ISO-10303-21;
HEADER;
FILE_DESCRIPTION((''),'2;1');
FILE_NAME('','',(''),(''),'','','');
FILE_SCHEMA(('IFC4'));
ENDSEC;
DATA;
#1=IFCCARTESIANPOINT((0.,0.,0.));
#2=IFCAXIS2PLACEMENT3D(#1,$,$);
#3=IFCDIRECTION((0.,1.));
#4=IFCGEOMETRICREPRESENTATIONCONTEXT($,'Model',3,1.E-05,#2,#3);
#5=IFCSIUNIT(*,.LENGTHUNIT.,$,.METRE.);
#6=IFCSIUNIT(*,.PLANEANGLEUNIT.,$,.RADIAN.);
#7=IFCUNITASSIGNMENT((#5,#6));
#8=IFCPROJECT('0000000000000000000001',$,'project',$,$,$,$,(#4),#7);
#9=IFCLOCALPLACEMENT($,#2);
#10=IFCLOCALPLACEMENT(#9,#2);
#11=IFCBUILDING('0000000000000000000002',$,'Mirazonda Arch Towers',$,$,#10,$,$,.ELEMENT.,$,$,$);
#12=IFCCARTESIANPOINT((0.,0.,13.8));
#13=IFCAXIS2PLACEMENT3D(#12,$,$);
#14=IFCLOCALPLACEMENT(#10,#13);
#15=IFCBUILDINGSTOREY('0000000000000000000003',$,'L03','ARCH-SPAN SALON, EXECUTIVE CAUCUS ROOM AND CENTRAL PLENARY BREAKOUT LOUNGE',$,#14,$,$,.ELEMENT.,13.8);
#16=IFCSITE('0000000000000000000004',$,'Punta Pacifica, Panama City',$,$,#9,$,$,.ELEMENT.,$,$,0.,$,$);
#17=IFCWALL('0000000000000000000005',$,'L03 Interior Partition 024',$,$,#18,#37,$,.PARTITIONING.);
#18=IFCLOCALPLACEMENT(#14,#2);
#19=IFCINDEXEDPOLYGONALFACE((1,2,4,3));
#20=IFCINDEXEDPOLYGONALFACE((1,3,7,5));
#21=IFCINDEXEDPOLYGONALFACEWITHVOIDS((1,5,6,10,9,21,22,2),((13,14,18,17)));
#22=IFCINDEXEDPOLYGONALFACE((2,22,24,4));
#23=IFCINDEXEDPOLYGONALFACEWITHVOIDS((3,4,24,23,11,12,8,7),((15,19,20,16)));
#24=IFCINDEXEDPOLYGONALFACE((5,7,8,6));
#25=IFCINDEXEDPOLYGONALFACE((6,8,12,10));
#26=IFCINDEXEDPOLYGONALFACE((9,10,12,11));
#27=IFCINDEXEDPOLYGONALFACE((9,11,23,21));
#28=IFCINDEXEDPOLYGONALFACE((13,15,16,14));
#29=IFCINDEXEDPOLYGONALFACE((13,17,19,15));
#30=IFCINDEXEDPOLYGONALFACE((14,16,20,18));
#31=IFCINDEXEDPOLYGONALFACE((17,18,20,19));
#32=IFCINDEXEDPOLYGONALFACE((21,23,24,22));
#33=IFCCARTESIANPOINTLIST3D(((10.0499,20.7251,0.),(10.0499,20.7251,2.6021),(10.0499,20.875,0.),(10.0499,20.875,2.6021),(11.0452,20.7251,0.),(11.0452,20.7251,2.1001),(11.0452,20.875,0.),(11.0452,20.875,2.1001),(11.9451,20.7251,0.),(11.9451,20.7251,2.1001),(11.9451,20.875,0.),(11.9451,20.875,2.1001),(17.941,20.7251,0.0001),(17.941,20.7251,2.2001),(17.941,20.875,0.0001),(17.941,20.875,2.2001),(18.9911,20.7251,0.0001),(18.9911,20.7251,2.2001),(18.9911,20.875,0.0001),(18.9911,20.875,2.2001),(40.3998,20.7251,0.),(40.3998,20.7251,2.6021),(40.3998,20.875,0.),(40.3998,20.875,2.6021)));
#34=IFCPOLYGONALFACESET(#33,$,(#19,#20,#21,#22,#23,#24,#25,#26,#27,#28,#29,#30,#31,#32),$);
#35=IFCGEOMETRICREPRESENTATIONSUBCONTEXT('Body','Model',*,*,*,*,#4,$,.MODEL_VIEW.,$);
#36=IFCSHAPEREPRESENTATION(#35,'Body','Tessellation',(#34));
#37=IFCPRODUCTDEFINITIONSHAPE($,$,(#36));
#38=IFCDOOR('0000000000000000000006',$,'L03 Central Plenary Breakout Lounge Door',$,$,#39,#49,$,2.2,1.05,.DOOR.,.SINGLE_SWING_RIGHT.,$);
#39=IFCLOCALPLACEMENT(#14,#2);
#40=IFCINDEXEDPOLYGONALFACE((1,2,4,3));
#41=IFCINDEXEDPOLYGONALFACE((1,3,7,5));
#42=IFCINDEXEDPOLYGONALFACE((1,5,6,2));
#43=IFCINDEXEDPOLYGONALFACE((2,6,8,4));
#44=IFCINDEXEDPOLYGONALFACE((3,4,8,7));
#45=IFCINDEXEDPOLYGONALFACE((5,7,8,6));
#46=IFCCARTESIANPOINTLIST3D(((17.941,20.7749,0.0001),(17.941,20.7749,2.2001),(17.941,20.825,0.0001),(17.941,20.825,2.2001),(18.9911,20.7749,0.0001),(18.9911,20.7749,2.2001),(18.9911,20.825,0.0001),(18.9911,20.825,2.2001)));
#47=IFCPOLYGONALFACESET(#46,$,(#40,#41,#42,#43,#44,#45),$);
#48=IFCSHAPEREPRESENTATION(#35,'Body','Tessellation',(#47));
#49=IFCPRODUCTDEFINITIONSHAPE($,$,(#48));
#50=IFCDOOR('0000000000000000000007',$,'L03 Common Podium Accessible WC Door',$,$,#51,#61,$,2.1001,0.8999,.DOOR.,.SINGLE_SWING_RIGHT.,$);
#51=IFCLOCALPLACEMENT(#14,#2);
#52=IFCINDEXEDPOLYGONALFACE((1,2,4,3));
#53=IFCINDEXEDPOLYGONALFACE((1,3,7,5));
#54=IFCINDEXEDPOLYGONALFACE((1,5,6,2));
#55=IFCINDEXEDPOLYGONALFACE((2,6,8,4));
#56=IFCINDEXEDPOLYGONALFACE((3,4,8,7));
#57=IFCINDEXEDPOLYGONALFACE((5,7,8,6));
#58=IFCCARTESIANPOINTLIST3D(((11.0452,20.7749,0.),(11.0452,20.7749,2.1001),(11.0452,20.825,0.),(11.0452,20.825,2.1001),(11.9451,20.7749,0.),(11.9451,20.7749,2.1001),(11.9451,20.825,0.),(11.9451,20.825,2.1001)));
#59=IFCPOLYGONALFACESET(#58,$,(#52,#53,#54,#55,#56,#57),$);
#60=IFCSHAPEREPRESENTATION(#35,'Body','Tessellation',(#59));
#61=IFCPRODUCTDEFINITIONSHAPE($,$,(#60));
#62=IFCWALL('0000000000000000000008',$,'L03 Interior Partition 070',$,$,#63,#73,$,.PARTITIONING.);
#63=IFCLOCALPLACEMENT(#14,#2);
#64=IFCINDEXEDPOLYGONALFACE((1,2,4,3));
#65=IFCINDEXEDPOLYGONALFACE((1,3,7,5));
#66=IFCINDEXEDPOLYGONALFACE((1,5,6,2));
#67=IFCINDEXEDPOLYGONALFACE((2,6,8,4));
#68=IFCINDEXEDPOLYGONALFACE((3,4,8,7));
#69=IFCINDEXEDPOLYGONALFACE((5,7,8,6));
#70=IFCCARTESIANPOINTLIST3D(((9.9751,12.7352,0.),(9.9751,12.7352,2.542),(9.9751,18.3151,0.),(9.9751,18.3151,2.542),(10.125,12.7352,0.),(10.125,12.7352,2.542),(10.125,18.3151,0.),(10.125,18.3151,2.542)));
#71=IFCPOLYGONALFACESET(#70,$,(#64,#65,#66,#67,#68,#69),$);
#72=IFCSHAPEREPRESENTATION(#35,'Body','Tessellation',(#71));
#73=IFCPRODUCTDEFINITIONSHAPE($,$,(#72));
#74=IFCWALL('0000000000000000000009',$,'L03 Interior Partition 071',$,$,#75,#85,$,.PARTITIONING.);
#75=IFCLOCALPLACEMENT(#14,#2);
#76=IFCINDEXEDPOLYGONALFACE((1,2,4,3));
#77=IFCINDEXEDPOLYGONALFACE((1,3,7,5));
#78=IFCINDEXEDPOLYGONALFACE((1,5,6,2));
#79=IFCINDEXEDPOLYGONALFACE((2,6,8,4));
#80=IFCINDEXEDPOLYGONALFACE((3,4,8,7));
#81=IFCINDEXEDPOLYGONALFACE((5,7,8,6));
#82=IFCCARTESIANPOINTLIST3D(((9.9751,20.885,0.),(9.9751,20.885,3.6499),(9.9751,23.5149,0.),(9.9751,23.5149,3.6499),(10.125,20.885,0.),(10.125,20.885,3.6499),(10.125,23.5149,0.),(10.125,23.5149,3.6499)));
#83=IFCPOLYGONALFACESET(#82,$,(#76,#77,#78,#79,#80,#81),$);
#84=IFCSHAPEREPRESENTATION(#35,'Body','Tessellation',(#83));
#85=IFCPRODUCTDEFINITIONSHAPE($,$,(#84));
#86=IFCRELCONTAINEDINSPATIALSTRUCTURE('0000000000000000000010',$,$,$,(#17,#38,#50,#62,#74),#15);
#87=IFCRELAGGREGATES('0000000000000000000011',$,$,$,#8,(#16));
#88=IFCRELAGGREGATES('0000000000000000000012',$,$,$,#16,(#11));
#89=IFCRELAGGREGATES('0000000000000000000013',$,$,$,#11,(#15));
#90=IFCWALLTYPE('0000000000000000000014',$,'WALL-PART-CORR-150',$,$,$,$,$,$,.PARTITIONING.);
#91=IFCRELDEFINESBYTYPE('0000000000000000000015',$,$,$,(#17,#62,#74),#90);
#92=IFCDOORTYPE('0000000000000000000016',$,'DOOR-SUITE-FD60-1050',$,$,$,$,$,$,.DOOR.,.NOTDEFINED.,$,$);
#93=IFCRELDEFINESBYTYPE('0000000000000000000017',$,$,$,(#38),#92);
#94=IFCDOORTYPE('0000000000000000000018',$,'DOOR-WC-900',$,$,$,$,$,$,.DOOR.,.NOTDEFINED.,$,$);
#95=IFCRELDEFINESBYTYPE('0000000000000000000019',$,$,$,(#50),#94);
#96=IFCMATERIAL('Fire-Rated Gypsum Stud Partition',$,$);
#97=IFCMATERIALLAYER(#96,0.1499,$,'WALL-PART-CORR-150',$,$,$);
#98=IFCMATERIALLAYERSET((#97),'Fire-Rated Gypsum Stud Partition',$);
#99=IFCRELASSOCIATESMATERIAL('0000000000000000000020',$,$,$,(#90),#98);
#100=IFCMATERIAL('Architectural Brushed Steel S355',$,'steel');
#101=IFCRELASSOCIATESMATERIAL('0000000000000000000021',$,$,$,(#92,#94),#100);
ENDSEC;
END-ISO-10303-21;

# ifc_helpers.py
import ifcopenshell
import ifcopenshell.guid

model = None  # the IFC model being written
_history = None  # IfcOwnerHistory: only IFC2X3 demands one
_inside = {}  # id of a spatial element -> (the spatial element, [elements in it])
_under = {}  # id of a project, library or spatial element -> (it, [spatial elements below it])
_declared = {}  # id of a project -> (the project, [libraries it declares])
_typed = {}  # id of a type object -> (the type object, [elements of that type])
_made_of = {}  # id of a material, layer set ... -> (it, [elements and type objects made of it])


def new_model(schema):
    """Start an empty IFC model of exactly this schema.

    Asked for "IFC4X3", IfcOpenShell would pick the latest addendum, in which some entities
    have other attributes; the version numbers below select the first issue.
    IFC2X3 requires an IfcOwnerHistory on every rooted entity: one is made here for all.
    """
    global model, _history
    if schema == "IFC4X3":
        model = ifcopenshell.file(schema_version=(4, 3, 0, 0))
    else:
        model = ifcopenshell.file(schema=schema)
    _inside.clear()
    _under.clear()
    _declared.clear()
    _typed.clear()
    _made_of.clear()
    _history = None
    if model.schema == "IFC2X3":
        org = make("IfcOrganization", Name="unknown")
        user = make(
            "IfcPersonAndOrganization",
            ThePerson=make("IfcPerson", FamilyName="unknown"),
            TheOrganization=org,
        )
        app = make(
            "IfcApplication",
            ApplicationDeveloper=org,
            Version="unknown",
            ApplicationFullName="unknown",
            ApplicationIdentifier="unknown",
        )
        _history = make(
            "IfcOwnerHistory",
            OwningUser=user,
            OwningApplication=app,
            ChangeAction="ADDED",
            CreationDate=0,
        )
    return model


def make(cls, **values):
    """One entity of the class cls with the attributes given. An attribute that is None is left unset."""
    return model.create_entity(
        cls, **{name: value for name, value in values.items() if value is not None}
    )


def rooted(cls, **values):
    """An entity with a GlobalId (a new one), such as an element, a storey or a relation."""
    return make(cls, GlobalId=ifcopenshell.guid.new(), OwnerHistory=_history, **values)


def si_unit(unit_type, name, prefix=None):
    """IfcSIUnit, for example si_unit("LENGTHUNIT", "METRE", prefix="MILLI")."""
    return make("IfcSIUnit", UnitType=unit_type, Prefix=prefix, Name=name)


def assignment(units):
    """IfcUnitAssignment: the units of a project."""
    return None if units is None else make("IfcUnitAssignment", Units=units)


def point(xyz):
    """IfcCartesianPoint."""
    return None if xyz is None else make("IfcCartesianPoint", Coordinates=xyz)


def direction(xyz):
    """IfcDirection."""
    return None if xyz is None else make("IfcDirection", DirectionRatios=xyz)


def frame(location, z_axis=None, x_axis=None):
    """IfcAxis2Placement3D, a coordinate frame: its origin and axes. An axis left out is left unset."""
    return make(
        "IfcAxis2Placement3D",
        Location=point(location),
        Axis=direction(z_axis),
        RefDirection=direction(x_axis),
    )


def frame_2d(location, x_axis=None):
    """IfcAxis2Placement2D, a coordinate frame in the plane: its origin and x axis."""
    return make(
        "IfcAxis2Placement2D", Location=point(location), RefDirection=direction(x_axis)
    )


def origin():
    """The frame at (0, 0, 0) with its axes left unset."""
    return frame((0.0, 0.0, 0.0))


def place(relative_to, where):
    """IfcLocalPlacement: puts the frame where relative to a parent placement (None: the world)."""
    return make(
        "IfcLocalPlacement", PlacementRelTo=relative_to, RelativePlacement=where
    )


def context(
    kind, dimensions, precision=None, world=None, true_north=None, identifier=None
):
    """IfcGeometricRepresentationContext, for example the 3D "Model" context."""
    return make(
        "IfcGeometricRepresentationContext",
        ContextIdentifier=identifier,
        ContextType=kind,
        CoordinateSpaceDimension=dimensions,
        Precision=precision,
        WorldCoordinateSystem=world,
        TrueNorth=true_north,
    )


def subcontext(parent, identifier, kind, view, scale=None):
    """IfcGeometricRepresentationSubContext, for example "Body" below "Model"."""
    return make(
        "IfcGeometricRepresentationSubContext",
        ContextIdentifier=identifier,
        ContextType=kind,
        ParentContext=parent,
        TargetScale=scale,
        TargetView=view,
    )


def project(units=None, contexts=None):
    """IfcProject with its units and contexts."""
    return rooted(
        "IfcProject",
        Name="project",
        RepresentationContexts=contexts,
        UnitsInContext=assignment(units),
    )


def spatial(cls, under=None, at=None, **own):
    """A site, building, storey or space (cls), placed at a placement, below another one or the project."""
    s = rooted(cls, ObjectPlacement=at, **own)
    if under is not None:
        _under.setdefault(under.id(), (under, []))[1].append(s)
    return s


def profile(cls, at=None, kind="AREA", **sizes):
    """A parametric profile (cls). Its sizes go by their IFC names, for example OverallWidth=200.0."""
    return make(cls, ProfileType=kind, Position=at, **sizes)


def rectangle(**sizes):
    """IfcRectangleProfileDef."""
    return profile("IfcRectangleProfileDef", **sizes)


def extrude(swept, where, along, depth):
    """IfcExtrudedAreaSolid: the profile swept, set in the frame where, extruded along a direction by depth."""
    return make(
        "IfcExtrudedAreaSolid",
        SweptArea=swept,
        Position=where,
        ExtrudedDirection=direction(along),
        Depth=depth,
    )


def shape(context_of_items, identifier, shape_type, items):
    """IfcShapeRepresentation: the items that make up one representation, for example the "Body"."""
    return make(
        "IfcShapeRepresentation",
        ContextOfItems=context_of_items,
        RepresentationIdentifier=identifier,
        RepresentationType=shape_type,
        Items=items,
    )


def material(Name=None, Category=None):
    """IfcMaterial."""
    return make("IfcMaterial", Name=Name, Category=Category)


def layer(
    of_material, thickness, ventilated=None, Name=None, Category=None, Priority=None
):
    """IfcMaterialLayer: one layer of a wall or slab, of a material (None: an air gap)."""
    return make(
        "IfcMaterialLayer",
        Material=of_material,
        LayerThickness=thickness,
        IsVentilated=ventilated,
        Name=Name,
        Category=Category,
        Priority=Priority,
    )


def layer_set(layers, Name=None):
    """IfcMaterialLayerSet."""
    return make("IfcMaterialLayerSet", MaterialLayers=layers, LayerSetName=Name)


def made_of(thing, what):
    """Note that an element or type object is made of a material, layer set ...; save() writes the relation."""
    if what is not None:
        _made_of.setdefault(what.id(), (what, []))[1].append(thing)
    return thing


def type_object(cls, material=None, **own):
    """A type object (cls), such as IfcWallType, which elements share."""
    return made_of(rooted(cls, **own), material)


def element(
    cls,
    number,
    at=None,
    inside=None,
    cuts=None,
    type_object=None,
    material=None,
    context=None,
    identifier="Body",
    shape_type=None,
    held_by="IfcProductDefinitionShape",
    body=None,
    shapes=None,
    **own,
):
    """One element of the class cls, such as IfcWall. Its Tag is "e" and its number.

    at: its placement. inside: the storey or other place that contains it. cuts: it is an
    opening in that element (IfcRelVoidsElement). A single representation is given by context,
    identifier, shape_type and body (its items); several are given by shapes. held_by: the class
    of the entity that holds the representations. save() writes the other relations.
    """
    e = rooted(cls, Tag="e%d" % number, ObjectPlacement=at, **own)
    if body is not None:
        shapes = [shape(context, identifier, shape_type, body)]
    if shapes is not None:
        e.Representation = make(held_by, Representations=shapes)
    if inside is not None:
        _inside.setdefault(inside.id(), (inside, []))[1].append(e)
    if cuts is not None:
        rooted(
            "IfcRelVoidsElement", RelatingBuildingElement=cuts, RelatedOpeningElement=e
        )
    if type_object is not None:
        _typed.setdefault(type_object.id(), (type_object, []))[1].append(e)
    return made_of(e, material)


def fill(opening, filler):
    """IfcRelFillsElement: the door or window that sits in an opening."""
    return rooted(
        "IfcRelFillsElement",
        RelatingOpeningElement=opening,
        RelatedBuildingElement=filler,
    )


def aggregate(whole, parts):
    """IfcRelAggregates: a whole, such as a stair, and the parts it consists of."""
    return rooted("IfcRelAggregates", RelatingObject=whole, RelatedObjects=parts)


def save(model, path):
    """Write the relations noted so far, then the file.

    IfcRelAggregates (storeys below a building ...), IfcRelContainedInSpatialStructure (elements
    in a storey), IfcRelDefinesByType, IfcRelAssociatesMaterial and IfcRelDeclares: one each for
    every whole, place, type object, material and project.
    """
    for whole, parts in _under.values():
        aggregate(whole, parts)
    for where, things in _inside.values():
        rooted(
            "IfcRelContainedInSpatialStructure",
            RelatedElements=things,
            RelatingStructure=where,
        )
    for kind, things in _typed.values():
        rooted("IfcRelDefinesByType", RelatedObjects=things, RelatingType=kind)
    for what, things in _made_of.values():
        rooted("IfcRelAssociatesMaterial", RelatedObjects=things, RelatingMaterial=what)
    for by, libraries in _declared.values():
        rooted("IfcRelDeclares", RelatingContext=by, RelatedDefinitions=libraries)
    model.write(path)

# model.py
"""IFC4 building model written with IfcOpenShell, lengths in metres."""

from ifc_helpers import new_model, si_unit, direction, frame, frame_2d, origin, place, context, subcontext, project, spatial, rectangle, extrude, material, layer, layer_set, type_object, element, fill, save


model = new_model("IFC4")

# Units and contexts
model_context = context("Model", 3, precision=1e-05, world=origin(), true_north=direction((0.0, 1.0)))
body_context = subcontext(model_context, "Body", "Model", "MODEL_VIEW")
ifc_project = project(units=[si_unit("LENGTHUNIT", "METRE"), si_unit("PLANEANGLEUNIT", "RADIAN")], contexts=[model_context])

# Site, building, storey
site_placement = place(None, origin())
site = spatial("IfcSite", under=ifc_project, at=site_placement, Name="Punta Pacifica, Panama City", CompositionType="ELEMENT", RefElevation=0.0)
building_placement = place(site_placement, origin())
building = spatial("IfcBuilding", under=site, at=building_placement, Name="Mirazonda Arch Towers", CompositionType="ELEMENT")
storey_placement = place(building_placement, frame((0.0, 0.0, 13.8)))
storey = spatial("IfcBuildingStorey", under=building, at=storey_placement, Name="L03", Description="ARCH-SPAN SALON, EXECUTIVE CAUCUS ROOM AND CENTRAL PLENARY BREAKOUT LOUNGE", CompositionType="ELEMENT", Elevation=13.8)

# Shared definitions
ifc_material_1 = material(Name="Architectural Brushed Steel S355", Category="steel")

# Shared definitions
ifc_material_2 = material(Name="Fire-Rated Gypsum Stud Partition")
ifc_layer_1 = layer(ifc_material_2, 0.1499, Name="WALL-PART-CORR-150")
ifc_layer_set_1 = layer_set([ifc_layer_1], Name="Fire-Rated Gypsum Stud Partition")
wall_type_1 = type_object("IfcWallType", Name="WALL-PART-CORR-150", PredefinedType="PARTITIONING", material=ifc_layer_set_1)

# Wall, openings, doors
wall_1_placement = place(storey_placement, frame((10.05, 20.8, 0.0), z_axis=(0.0, 0.0, 1.0), x_axis=(1.0, 0.0, 0.0)))
wall_1 = element("IfcWall", 1, at=wall_1_placement, inside=storey, type_object=wall_type_1, Name="L03 Interior Partition 024", PredefinedType="PARTITIONING", context=body_context, shape_type="SweptSolid", body=[
    extrude(rectangle(XDim=30.3499, YDim=0.1499, at=frame_2d((15.1748, 0.0))), origin(), (0.0, 0.0, 1.0), 2.6021),
])
opening_1_placement = place(wall_1_placement, frame((0.9951, 0.0, 0.0)))
opening_1 = element("IfcOpeningElement", 2, at=opening_1_placement, cuts=wall_1, PredefinedType="OPENING", context=body_context, shape_type="SweptSolid", body=[
    extrude(rectangle(XDim=0.8999, YDim=2.1001, at=frame_2d((0.45, 1.05))), frame((0.0, 0.085, 0.0), z_axis=(0.0, -1.0, 0.0), x_axis=(1.0, 0.0, 0.0)), (0.0, 0.0, 1.0), 0.1699),
])
opening_2_placement = place(wall_1_placement, frame((7.8911, 0.0, 0.0)))
opening_2 = element("IfcOpeningElement", 3, at=opening_2_placement, cuts=wall_1, PredefinedType="OPENING", context=body_context, shape_type="SweptSolid", body=[
    extrude(rectangle(XDim=1.05, YDim=2.2, at=frame_2d((0.5249, 1.1001))), frame((0.0, 0.085, 0.0), z_axis=(0.0, -1.0, 0.0), x_axis=(1.0, 0.0, 0.0)), (0.0, 0.0, 1.0), 0.1699),
])
door_type_1 = type_object("IfcDoorType", Name="DOOR-SUITE-FD60-1050", OperationType="NOTDEFINED", PredefinedType="DOOR", material=ifc_material_1)
door_1_placement = place(opening_2_placement, origin())
door_1 = element("IfcDoor", 4, at=door_1_placement, inside=storey, type_object=door_type_1, Name="L03 Central Plenary Breakout Lounge Door", OperationType="SINGLE_SWING_RIGHT", OverallHeight=2.2, OverallWidth=1.05, PredefinedType="DOOR", context=body_context, shape_type="SweptSolid", body=[
    extrude(rectangle(XDim=1.05, YDim=2.2, at=frame_2d((0.5249, 1.1001))), frame((0.0, 0.0249, 0.0), z_axis=(0.0, -1.0, 0.0), x_axis=(1.0, 0.0, 0.0)), (0.0, 0.0, 1.0), 0.05),
])
fill(opening_2, door_1)
door_type_2 = type_object("IfcDoorType", Name="DOOR-WC-900", OperationType="NOTDEFINED", PredefinedType="DOOR", material=ifc_material_1)
door_2_placement = place(opening_1_placement, origin())
door_2 = element("IfcDoor", 5, at=door_2_placement, inside=storey, type_object=door_type_2, Name="L03 Common Podium Accessible WC Door", OperationType="SINGLE_SWING_RIGHT", OverallHeight=2.1001, OverallWidth=0.8999, PredefinedType="DOOR", context=body_context, shape_type="SweptSolid", body=[
    extrude(rectangle(XDim=0.8999, YDim=2.1001, at=frame_2d((0.45, 1.05))), frame((0.0, 0.0249, 0.0), z_axis=(0.0, -1.0, 0.0), x_axis=(1.0, 0.0, 0.0)), (0.0, 0.0, 1.0), 0.05),
])
fill(opening_1, door_2)

# Walls
wall_2_placement = place(storey_placement, frame((10.05, 12.7351, 0.0), z_axis=(0.0, 0.0, 1.0), x_axis=(0.0, 1.0, 0.0)))
element("IfcWall", 6, at=wall_2_placement, inside=storey, type_object=wall_type_1, Name="L03 Interior Partition 070", PredefinedType="PARTITIONING", context=body_context, shape_type="SweptSolid", body=[
    extrude(rectangle(XDim=5.5798, YDim=0.1499, at=frame_2d((2.79, 0.0))), origin(), (0.0, 0.0, 1.0), 2.542),
])
wall_3_placement = place(storey_placement, frame((10.05, 20.885, 0.0), z_axis=(0.0, 0.0, 1.0), x_axis=(0.0, 1.0, 0.0)))
element("IfcWall", 7, at=wall_3_placement, inside=storey, type_object=wall_type_1, Name="L03 Interior Partition 071", PredefinedType="PARTITIONING", context=body_context, shape_type="SweptSolid", body=[
    extrude(rectangle(XDim=2.6299, YDim=0.1499, at=frame_2d((1.3149, 0.0))), origin(), (0.0, 0.0, 1.0), 3.6499),
])

save(model, "model.ifc")
